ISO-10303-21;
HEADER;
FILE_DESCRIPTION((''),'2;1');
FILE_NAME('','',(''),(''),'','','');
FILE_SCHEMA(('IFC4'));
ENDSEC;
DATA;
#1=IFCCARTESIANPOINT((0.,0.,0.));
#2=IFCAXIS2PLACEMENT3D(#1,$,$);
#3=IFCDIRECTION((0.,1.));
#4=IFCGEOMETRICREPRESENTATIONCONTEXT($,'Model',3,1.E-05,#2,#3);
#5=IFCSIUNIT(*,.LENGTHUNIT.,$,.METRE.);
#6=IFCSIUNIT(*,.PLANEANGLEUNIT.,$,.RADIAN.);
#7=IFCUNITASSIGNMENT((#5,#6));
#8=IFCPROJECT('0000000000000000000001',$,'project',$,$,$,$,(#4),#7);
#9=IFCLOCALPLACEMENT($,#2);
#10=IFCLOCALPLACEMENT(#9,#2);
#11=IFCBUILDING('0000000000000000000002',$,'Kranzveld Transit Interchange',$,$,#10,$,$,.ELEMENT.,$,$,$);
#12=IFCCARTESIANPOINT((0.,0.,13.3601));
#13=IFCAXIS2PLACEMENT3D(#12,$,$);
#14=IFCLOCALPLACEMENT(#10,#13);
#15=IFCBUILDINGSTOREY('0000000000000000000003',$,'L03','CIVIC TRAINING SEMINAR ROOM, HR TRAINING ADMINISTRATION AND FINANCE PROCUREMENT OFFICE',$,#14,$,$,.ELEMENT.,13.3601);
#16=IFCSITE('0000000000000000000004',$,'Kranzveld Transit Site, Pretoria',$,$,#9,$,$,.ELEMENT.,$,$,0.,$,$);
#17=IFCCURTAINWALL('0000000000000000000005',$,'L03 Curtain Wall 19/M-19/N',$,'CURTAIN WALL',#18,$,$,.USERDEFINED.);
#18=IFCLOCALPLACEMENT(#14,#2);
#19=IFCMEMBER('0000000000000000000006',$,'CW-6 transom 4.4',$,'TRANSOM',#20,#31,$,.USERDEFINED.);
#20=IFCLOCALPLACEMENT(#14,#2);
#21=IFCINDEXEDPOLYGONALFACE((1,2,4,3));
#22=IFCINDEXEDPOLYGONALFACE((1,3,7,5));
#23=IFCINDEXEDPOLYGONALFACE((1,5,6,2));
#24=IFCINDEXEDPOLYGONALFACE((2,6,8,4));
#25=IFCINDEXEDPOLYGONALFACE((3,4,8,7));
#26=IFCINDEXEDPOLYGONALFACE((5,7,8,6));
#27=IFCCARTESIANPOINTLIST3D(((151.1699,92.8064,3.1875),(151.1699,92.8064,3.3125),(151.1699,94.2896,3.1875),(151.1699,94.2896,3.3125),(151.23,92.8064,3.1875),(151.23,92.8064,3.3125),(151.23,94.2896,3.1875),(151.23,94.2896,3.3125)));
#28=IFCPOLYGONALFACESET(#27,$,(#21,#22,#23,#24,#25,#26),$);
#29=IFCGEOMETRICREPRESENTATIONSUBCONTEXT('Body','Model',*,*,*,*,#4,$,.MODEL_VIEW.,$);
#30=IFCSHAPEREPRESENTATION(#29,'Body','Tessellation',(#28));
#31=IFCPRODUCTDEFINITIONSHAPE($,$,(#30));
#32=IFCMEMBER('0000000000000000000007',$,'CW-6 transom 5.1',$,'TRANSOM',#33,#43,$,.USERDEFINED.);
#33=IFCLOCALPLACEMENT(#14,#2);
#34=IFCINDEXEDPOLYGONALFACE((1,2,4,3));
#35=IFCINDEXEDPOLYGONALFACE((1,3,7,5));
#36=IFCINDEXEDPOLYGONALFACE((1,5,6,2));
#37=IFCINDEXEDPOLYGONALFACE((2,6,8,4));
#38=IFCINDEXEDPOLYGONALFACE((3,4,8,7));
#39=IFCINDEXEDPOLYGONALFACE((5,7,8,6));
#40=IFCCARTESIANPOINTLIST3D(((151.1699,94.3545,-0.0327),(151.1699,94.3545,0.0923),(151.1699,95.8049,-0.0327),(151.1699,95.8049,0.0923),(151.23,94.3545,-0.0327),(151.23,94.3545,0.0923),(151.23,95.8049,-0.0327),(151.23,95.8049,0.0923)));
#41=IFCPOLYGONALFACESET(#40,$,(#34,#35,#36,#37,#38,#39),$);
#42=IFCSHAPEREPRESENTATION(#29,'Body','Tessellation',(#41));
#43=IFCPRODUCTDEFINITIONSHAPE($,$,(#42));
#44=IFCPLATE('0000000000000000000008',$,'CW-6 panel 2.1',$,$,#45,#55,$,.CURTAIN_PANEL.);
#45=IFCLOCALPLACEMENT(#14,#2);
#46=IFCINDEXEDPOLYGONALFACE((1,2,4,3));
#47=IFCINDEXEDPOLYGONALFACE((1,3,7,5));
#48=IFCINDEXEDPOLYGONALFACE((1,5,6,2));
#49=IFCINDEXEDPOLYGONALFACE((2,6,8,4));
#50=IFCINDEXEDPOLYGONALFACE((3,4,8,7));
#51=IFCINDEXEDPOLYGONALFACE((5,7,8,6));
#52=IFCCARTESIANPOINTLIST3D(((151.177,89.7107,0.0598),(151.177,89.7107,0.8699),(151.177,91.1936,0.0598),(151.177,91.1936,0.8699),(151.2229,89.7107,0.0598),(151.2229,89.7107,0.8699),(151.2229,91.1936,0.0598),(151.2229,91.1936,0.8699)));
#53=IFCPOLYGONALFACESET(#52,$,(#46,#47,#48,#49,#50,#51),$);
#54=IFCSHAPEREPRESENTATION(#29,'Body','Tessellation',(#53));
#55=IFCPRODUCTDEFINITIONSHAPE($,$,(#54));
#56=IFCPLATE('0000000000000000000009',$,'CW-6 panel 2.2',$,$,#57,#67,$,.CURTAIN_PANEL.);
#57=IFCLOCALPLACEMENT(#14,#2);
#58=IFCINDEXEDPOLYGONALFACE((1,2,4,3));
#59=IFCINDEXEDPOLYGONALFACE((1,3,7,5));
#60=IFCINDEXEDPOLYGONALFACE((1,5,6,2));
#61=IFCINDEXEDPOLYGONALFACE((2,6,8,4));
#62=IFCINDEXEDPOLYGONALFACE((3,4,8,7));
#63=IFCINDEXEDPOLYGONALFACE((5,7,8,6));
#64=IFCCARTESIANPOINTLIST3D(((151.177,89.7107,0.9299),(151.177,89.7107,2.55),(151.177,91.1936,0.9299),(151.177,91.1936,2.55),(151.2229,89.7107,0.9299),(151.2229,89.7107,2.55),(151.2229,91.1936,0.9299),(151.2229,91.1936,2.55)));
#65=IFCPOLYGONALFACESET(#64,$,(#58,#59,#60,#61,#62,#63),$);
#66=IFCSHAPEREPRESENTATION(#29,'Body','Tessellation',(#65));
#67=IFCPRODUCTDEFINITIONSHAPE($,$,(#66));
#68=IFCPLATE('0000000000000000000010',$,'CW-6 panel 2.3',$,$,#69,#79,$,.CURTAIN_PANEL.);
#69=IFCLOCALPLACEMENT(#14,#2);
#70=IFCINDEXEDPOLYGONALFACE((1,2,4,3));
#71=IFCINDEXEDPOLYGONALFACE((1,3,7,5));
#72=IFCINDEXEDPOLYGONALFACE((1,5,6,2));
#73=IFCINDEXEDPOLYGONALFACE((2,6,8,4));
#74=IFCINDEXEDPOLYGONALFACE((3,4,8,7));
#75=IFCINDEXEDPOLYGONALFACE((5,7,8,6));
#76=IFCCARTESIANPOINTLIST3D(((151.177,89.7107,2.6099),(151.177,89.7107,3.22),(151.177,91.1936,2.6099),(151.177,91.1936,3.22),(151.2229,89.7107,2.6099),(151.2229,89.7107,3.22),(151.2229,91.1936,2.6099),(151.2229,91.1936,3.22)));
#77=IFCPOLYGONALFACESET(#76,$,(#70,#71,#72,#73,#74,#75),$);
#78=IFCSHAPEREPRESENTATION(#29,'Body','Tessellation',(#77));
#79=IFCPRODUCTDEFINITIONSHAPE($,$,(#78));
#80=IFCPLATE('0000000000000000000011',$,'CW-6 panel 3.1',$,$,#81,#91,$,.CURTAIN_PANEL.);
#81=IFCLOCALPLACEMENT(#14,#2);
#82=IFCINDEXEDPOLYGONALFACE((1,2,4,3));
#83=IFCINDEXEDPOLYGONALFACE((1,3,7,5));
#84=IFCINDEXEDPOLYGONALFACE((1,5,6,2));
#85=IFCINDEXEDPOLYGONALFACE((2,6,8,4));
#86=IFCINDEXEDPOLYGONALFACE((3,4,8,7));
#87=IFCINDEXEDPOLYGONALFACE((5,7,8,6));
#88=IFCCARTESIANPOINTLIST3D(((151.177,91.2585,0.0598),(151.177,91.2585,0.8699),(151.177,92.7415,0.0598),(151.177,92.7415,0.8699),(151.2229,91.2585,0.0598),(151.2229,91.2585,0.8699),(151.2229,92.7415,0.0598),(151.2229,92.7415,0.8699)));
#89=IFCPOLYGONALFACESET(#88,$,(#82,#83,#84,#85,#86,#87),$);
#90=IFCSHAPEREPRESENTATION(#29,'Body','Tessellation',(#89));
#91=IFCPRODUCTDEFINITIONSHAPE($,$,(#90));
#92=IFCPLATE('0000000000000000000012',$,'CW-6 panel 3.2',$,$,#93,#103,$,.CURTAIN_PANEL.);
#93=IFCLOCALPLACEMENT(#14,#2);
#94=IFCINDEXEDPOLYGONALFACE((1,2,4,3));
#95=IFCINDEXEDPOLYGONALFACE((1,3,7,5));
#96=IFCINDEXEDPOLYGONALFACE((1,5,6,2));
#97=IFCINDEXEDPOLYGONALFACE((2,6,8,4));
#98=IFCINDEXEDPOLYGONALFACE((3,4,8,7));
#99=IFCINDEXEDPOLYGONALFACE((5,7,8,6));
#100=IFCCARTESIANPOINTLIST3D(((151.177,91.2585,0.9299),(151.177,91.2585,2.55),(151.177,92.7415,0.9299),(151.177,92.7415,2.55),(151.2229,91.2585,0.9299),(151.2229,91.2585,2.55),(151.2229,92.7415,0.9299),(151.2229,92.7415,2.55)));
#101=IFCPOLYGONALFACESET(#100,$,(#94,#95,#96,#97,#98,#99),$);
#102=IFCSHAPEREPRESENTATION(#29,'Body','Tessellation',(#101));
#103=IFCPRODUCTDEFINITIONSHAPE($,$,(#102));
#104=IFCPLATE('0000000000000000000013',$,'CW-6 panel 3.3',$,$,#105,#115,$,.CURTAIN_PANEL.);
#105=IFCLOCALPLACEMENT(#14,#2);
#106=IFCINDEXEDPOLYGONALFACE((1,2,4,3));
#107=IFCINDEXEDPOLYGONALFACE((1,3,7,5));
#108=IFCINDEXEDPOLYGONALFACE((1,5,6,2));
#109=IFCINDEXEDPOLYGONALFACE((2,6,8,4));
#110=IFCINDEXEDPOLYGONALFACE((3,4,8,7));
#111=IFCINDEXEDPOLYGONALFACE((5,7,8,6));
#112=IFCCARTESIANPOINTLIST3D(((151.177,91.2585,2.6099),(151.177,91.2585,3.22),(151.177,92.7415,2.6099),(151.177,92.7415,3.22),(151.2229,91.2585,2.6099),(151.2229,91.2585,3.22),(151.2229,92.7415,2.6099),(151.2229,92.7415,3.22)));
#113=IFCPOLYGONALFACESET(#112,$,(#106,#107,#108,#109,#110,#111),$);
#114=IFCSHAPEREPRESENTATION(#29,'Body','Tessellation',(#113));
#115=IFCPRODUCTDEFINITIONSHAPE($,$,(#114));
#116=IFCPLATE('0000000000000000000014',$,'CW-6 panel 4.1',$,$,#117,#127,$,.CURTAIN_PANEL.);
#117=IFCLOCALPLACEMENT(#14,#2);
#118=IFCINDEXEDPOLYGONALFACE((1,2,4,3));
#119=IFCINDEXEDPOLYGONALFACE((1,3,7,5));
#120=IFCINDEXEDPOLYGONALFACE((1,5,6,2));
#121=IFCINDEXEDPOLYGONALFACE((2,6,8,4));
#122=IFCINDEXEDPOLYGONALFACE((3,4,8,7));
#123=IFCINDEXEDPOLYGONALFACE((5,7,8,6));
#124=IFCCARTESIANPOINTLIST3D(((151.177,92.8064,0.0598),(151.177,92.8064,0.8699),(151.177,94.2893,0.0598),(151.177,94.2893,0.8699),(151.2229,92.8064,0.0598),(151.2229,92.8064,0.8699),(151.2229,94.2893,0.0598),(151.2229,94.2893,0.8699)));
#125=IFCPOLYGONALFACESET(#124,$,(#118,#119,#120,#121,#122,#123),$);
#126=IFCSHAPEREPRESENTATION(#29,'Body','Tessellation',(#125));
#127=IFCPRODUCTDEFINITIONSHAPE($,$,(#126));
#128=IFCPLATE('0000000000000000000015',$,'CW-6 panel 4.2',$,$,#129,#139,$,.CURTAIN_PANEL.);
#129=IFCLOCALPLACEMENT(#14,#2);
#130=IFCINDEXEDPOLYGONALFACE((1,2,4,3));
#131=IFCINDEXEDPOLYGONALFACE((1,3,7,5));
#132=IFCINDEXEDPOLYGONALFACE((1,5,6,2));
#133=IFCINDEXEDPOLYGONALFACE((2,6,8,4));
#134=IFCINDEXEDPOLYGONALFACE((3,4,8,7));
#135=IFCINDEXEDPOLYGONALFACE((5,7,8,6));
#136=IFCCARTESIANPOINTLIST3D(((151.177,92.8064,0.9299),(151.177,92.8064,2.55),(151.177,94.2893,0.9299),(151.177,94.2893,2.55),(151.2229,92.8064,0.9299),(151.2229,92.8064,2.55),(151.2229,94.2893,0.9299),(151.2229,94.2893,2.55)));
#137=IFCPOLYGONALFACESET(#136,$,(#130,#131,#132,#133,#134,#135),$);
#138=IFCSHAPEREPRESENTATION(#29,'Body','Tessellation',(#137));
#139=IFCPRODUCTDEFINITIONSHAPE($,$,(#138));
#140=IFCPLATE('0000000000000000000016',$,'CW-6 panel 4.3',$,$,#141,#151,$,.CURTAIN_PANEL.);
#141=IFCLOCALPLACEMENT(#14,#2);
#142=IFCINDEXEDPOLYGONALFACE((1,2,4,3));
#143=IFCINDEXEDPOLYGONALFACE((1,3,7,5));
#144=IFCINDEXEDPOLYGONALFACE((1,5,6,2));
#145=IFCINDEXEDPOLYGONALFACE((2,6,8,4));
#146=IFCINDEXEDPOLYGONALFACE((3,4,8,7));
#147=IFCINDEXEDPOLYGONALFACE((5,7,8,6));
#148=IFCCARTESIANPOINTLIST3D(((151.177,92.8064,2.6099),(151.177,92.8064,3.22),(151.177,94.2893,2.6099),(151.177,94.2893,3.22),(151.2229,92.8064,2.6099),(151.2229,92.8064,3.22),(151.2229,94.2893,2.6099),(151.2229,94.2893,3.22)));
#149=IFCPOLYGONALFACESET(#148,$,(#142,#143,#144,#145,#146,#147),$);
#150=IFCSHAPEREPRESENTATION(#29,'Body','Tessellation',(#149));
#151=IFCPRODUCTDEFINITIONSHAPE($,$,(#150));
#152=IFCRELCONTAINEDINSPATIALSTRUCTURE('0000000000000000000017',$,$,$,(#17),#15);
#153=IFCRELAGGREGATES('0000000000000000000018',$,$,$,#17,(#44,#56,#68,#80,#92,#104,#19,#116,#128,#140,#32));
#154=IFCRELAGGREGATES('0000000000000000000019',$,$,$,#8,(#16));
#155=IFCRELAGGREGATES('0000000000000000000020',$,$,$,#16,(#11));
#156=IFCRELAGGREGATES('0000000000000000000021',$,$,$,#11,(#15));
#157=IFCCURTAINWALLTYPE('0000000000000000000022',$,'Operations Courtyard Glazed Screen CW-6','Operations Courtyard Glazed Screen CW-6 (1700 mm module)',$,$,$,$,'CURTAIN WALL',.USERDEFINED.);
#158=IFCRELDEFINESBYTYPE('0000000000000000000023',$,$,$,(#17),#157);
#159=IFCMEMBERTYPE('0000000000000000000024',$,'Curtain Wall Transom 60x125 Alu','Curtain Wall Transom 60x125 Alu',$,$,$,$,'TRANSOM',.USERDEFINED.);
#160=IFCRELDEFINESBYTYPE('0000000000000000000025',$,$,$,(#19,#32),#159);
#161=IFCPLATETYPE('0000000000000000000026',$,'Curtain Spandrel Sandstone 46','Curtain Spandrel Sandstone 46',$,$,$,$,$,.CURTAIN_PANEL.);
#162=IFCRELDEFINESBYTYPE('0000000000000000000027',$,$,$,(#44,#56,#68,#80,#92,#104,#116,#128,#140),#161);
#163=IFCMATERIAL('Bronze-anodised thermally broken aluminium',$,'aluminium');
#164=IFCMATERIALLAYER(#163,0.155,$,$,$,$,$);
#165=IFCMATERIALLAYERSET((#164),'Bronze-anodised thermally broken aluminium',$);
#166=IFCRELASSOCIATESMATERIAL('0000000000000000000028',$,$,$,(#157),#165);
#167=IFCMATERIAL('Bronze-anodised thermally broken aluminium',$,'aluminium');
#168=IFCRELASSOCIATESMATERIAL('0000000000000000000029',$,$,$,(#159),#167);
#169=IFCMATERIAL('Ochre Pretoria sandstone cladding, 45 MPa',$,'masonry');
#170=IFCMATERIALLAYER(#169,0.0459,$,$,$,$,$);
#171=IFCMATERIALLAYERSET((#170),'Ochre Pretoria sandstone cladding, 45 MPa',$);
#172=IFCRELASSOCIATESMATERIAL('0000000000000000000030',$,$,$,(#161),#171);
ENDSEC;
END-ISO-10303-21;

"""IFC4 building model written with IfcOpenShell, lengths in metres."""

from ifc_helpers import new_model, si_unit, direction, frame, origin, origin_2d, place, context, subcontext, project, spatial, rectangle, extrude, material, layer, layer_set, material_profile, profile_set, type_object, element, aggregate, save


model = new_model("IFC4")

# Units and contexts
model_context = context("Model", 3, precision=1e-05, world=origin(), true_north=direction((0.0, 1.0)))
body_context = subcontext(model_context, "Body", "Model", "MODEL_VIEW")
ifc_project = project(units=[si_unit("LENGTHUNIT", "METRE"), si_unit("PLANEANGLEUNIT", "RADIAN")], contexts=[model_context])

# Site, building, storey
site_placement = place(None, origin())
site = spatial("IfcSite", under=ifc_project, at=site_placement, Name="Kranzveld Transit Site, Pretoria", CompositionType="ELEMENT", RefElevation=0.0)
building_placement = place(site_placement, origin())
building = spatial("IfcBuilding", under=site, at=building_placement, Name="Kranzveld Transit Interchange", CompositionType="ELEMENT")
storey_placement = place(building_placement, frame((0.0, 0.0, 13.3601)))
storey = spatial("IfcBuildingStorey", under=building, at=storey_placement, Name="L03", Description="CIVIC TRAINING SEMINAR ROOM, HR TRAINING ADMINISTRATION AND FINANCE PROCUREMENT OFFICE", CompositionType="ELEMENT", Elevation=13.3601)

# Curtain wall, members, plates
ifc_material_1 = material(Name="Bronze-anodised thermally broken aluminium", Category="aluminium")
ifc_layer_1 = layer(ifc_material_1, 0.155)
ifc_layer_set_1 = layer_set([ifc_layer_1], Name="Bronze-anodised thermally broken aluminium")
curtain_wall_type = type_object("IfcCurtainWallType", Name="Operations Courtyard Glazed Screen CW-6", Description="Operations Courtyard Glazed Screen CW-6 (1700 mm module)", ElementType="CURTAIN WALL", PredefinedType="USERDEFINED", material=ifc_layer_set_1)
curtain_wall_placement = place(storey_placement, origin())
curtain_wall = element("IfcCurtainWall", 1, at=curtain_wall_placement, inside=storey, type_object=curtain_wall_type, Name="L03 Curtain Wall 19/M-19/N", ObjectType="CURTAIN WALL", PredefinedType="USERDEFINED")
ifc_material_2 = material(Name="Bronze-anodised thermally broken aluminium", Category="aluminium")
ifc_material_profile_1 = material_profile(ifc_material_2, rectangle(XDim=0.0601, YDim=0.125, at=origin_2d()), Name="ALU TRANSOM 60x125")
ifc_profile_set_1 = profile_set([ifc_material_profile_1], Name="Bronze-anodised thermally broken aluminium")
member_type_1 = type_object("IfcMemberType", Name="Curtain Wall Transom 60x125 Alu", Description="Curtain Wall Transom 60x125 Alu", ElementType="TRANSOM", PredefinedType="USERDEFINED", material=ifc_profile_set_1)
member_1_placement = place(storey_placement, frame((151.2, 92.8064, 3.25), z_axis=(0.0, 1.0, 0.0), x_axis=(-1.0, 0.0, 0.0)))
member_1 = element("IfcMember", 2, at=member_1_placement, type_object=member_type_1, Name="CW-6 transom 4.4", ObjectType="TRANSOM", PredefinedType="USERDEFINED", context=body_context, shape_type="SweptSolid", body=[
    extrude(rectangle(XDim=0.0601, YDim=0.125, at=origin_2d()), origin(), (0.0, 0.0, 1.0), 1.4832),
])
member_2_placement = place(storey_placement, frame((151.2, 94.3545, 0.0298), z_axis=(0.0, 1.0, 0.0), x_axis=(-1.0, 0.0, 0.0)))
member_2 = element("IfcMember", 3, at=member_2_placement, type_object=member_type_1, Name="CW-6 transom 5.1", ObjectType="TRANSOM", PredefinedType="USERDEFINED", context=body_context, shape_type="SweptSolid", body=[
    extrude(rectangle(XDim=0.0601, YDim=0.125, at=origin_2d()), origin(), (0.0, 0.0, 1.0), 1.4504),
])
ifc_material_3 = material(Name="Ochre Pretoria sandstone cladding, 45 MPa", Category="masonry")
ifc_layer_2 = layer(ifc_material_3, 0.0459)
ifc_layer_set_2 = layer_set([ifc_layer_2], Name="Ochre Pretoria sandstone cladding, 45 MPa")
plate_type = type_object("IfcPlateType", Name="Curtain Spandrel Sandstone 46", Description="Curtain Spandrel Sandstone 46", PredefinedType="CURTAIN_PANEL", material=ifc_layer_set_2)
plate_1_placement = place(storey_placement, frame((151.2, 90.4521, 0.0598), z_axis=(0.0, 0.0, 1.0), x_axis=(0.0, 1.0, 0.0)))
plate_1 = element("IfcPlate", 4, at=plate_1_placement, type_object=plate_type, Name="CW-6 panel 2.1", PredefinedType="CURTAIN_PANEL", context=body_context, shape_type="SweptSolid", body=[
    extrude(rectangle(XDim=1.4829, YDim=0.0459, at=origin_2d()), origin(), (0.0, 0.0, 1.0), 0.8101),
])
plate_2_placement = place(storey_placement, frame((151.2, 90.4521, 0.9299), z_axis=(0.0, 0.0, 1.0), x_axis=(0.0, 1.0, 0.0)))
plate_2 = element("IfcPlate", 5, at=plate_2_placement, type_object=plate_type, Name="CW-6 panel 2.2", PredefinedType="CURTAIN_PANEL", context=body_context, shape_type="SweptSolid", body=[
    extrude(rectangle(XDim=1.4829, YDim=0.0459, at=origin_2d()), origin(), (0.0, 0.0, 1.0), 1.6201),
])
plate_3_placement = place(storey_placement, frame((151.2, 90.4521, 2.6099), z_axis=(0.0, 0.0, 1.0), x_axis=(0.0, 1.0, 0.0)))
plate_3 = element("IfcPlate", 6, at=plate_3_placement, type_object=plate_type, Name="CW-6 panel 2.3", PredefinedType="CURTAIN_PANEL", context=body_context, shape_type="SweptSolid", body=[
    extrude(rectangle(XDim=1.4829, YDim=0.0459, at=origin_2d()), origin(), (0.0, 0.0, 1.0), 0.6101),
])
plate_4_placement = place(storey_placement, frame((151.2, 92.0, 0.0598), z_axis=(0.0, 0.0, 1.0), x_axis=(0.0, 1.0, 0.0)))
plate_4 = element("IfcPlate", 7, at=plate_4_placement, type_object=plate_type, Name="CW-6 panel 3.1", PredefinedType="CURTAIN_PANEL", context=body_context, shape_type="SweptSolid", body=[
    extrude(rectangle(XDim=1.4829, YDim=0.0459, at=origin_2d()), origin(), (0.0, 0.0, 1.0), 0.8101),
])
plate_5_placement = place(storey_placement, frame((151.2, 92.0, 0.9299), z_axis=(0.0, 0.0, 1.0), x_axis=(0.0, 1.0, 0.0)))
plate_5 = element("IfcPlate", 8, at=plate_5_placement, type_object=plate_type, Name="CW-6 panel 3.2", PredefinedType="CURTAIN_PANEL", context=body_context, shape_type="SweptSolid", body=[
    extrude(rectangle(XDim=1.4829, YDim=0.0459, at=origin_2d()), origin(), (0.0, 0.0, 1.0), 1.6201),
])
plate_6_placement = place(storey_placement, frame((151.2, 92.0, 2.6099), z_axis=(0.0, 0.0, 1.0), x_axis=(0.0, 1.0, 0.0)))
plate_6 = element("IfcPlate", 9, at=plate_6_placement, type_object=plate_type, Name="CW-6 panel 3.3", PredefinedType="CURTAIN_PANEL", context=body_context, shape_type="SweptSolid", body=[
    extrude(rectangle(XDim=1.4829, YDim=0.0459, at=origin_2d()), origin(), (0.0, 0.0, 1.0), 0.6101),
])
plate_7_placement = place(storey_placement, frame((151.2, 93.5479, 0.0598), z_axis=(0.0, 0.0, 1.0), x_axis=(0.0, 1.0, 0.0)))
plate_7 = element("IfcPlate", 10, at=plate_7_placement, type_object=plate_type, Name="CW-6 panel 4.1", PredefinedType="CURTAIN_PANEL", context=body_context, shape_type="SweptSolid", body=[
    extrude(rectangle(XDim=1.4829, YDim=0.0459, at=origin_2d()), origin(), (0.0, 0.0, 1.0), 0.8101),
])
plate_8_placement = place(storey_placement, frame((151.2, 93.5479, 0.9299), z_axis=(0.0, 0.0, 1.0), x_axis=(0.0, 1.0, 0.0)))
plate_8 = element("IfcPlate", 11, at=plate_8_placement, type_object=plate_type, Name="CW-6 panel 4.2", PredefinedType="CURTAIN_PANEL", context=body_context, shape_type="SweptSolid", body=[
    extrude(rectangle(XDim=1.4829, YDim=0.0459, at=origin_2d()), origin(), (0.0, 0.0, 1.0), 1.6201),
])
plate_9_placement = place(storey_placement, frame((151.2, 93.5479, 2.6099), z_axis=(0.0, 0.0, 1.0), x_axis=(0.0, 1.0, 0.0)))
plate_9 = element("IfcPlate", 12, at=plate_9_placement, type_object=plate_type, Name="CW-6 panel 4.3", PredefinedType="CURTAIN_PANEL", context=body_context, shape_type="SweptSolid", body=[
    extrude(rectangle(XDim=1.4829, YDim=0.0459, at=origin_2d()), origin(), (0.0, 0.0, 1.0), 0.6101),
])
aggregate(curtain_wall, [plate_1, plate_2, plate_3, plate_4, plate_5, plate_6, member_1, plate_7, plate_8, plate_9, member_2])

save(model, "model.ifc")
